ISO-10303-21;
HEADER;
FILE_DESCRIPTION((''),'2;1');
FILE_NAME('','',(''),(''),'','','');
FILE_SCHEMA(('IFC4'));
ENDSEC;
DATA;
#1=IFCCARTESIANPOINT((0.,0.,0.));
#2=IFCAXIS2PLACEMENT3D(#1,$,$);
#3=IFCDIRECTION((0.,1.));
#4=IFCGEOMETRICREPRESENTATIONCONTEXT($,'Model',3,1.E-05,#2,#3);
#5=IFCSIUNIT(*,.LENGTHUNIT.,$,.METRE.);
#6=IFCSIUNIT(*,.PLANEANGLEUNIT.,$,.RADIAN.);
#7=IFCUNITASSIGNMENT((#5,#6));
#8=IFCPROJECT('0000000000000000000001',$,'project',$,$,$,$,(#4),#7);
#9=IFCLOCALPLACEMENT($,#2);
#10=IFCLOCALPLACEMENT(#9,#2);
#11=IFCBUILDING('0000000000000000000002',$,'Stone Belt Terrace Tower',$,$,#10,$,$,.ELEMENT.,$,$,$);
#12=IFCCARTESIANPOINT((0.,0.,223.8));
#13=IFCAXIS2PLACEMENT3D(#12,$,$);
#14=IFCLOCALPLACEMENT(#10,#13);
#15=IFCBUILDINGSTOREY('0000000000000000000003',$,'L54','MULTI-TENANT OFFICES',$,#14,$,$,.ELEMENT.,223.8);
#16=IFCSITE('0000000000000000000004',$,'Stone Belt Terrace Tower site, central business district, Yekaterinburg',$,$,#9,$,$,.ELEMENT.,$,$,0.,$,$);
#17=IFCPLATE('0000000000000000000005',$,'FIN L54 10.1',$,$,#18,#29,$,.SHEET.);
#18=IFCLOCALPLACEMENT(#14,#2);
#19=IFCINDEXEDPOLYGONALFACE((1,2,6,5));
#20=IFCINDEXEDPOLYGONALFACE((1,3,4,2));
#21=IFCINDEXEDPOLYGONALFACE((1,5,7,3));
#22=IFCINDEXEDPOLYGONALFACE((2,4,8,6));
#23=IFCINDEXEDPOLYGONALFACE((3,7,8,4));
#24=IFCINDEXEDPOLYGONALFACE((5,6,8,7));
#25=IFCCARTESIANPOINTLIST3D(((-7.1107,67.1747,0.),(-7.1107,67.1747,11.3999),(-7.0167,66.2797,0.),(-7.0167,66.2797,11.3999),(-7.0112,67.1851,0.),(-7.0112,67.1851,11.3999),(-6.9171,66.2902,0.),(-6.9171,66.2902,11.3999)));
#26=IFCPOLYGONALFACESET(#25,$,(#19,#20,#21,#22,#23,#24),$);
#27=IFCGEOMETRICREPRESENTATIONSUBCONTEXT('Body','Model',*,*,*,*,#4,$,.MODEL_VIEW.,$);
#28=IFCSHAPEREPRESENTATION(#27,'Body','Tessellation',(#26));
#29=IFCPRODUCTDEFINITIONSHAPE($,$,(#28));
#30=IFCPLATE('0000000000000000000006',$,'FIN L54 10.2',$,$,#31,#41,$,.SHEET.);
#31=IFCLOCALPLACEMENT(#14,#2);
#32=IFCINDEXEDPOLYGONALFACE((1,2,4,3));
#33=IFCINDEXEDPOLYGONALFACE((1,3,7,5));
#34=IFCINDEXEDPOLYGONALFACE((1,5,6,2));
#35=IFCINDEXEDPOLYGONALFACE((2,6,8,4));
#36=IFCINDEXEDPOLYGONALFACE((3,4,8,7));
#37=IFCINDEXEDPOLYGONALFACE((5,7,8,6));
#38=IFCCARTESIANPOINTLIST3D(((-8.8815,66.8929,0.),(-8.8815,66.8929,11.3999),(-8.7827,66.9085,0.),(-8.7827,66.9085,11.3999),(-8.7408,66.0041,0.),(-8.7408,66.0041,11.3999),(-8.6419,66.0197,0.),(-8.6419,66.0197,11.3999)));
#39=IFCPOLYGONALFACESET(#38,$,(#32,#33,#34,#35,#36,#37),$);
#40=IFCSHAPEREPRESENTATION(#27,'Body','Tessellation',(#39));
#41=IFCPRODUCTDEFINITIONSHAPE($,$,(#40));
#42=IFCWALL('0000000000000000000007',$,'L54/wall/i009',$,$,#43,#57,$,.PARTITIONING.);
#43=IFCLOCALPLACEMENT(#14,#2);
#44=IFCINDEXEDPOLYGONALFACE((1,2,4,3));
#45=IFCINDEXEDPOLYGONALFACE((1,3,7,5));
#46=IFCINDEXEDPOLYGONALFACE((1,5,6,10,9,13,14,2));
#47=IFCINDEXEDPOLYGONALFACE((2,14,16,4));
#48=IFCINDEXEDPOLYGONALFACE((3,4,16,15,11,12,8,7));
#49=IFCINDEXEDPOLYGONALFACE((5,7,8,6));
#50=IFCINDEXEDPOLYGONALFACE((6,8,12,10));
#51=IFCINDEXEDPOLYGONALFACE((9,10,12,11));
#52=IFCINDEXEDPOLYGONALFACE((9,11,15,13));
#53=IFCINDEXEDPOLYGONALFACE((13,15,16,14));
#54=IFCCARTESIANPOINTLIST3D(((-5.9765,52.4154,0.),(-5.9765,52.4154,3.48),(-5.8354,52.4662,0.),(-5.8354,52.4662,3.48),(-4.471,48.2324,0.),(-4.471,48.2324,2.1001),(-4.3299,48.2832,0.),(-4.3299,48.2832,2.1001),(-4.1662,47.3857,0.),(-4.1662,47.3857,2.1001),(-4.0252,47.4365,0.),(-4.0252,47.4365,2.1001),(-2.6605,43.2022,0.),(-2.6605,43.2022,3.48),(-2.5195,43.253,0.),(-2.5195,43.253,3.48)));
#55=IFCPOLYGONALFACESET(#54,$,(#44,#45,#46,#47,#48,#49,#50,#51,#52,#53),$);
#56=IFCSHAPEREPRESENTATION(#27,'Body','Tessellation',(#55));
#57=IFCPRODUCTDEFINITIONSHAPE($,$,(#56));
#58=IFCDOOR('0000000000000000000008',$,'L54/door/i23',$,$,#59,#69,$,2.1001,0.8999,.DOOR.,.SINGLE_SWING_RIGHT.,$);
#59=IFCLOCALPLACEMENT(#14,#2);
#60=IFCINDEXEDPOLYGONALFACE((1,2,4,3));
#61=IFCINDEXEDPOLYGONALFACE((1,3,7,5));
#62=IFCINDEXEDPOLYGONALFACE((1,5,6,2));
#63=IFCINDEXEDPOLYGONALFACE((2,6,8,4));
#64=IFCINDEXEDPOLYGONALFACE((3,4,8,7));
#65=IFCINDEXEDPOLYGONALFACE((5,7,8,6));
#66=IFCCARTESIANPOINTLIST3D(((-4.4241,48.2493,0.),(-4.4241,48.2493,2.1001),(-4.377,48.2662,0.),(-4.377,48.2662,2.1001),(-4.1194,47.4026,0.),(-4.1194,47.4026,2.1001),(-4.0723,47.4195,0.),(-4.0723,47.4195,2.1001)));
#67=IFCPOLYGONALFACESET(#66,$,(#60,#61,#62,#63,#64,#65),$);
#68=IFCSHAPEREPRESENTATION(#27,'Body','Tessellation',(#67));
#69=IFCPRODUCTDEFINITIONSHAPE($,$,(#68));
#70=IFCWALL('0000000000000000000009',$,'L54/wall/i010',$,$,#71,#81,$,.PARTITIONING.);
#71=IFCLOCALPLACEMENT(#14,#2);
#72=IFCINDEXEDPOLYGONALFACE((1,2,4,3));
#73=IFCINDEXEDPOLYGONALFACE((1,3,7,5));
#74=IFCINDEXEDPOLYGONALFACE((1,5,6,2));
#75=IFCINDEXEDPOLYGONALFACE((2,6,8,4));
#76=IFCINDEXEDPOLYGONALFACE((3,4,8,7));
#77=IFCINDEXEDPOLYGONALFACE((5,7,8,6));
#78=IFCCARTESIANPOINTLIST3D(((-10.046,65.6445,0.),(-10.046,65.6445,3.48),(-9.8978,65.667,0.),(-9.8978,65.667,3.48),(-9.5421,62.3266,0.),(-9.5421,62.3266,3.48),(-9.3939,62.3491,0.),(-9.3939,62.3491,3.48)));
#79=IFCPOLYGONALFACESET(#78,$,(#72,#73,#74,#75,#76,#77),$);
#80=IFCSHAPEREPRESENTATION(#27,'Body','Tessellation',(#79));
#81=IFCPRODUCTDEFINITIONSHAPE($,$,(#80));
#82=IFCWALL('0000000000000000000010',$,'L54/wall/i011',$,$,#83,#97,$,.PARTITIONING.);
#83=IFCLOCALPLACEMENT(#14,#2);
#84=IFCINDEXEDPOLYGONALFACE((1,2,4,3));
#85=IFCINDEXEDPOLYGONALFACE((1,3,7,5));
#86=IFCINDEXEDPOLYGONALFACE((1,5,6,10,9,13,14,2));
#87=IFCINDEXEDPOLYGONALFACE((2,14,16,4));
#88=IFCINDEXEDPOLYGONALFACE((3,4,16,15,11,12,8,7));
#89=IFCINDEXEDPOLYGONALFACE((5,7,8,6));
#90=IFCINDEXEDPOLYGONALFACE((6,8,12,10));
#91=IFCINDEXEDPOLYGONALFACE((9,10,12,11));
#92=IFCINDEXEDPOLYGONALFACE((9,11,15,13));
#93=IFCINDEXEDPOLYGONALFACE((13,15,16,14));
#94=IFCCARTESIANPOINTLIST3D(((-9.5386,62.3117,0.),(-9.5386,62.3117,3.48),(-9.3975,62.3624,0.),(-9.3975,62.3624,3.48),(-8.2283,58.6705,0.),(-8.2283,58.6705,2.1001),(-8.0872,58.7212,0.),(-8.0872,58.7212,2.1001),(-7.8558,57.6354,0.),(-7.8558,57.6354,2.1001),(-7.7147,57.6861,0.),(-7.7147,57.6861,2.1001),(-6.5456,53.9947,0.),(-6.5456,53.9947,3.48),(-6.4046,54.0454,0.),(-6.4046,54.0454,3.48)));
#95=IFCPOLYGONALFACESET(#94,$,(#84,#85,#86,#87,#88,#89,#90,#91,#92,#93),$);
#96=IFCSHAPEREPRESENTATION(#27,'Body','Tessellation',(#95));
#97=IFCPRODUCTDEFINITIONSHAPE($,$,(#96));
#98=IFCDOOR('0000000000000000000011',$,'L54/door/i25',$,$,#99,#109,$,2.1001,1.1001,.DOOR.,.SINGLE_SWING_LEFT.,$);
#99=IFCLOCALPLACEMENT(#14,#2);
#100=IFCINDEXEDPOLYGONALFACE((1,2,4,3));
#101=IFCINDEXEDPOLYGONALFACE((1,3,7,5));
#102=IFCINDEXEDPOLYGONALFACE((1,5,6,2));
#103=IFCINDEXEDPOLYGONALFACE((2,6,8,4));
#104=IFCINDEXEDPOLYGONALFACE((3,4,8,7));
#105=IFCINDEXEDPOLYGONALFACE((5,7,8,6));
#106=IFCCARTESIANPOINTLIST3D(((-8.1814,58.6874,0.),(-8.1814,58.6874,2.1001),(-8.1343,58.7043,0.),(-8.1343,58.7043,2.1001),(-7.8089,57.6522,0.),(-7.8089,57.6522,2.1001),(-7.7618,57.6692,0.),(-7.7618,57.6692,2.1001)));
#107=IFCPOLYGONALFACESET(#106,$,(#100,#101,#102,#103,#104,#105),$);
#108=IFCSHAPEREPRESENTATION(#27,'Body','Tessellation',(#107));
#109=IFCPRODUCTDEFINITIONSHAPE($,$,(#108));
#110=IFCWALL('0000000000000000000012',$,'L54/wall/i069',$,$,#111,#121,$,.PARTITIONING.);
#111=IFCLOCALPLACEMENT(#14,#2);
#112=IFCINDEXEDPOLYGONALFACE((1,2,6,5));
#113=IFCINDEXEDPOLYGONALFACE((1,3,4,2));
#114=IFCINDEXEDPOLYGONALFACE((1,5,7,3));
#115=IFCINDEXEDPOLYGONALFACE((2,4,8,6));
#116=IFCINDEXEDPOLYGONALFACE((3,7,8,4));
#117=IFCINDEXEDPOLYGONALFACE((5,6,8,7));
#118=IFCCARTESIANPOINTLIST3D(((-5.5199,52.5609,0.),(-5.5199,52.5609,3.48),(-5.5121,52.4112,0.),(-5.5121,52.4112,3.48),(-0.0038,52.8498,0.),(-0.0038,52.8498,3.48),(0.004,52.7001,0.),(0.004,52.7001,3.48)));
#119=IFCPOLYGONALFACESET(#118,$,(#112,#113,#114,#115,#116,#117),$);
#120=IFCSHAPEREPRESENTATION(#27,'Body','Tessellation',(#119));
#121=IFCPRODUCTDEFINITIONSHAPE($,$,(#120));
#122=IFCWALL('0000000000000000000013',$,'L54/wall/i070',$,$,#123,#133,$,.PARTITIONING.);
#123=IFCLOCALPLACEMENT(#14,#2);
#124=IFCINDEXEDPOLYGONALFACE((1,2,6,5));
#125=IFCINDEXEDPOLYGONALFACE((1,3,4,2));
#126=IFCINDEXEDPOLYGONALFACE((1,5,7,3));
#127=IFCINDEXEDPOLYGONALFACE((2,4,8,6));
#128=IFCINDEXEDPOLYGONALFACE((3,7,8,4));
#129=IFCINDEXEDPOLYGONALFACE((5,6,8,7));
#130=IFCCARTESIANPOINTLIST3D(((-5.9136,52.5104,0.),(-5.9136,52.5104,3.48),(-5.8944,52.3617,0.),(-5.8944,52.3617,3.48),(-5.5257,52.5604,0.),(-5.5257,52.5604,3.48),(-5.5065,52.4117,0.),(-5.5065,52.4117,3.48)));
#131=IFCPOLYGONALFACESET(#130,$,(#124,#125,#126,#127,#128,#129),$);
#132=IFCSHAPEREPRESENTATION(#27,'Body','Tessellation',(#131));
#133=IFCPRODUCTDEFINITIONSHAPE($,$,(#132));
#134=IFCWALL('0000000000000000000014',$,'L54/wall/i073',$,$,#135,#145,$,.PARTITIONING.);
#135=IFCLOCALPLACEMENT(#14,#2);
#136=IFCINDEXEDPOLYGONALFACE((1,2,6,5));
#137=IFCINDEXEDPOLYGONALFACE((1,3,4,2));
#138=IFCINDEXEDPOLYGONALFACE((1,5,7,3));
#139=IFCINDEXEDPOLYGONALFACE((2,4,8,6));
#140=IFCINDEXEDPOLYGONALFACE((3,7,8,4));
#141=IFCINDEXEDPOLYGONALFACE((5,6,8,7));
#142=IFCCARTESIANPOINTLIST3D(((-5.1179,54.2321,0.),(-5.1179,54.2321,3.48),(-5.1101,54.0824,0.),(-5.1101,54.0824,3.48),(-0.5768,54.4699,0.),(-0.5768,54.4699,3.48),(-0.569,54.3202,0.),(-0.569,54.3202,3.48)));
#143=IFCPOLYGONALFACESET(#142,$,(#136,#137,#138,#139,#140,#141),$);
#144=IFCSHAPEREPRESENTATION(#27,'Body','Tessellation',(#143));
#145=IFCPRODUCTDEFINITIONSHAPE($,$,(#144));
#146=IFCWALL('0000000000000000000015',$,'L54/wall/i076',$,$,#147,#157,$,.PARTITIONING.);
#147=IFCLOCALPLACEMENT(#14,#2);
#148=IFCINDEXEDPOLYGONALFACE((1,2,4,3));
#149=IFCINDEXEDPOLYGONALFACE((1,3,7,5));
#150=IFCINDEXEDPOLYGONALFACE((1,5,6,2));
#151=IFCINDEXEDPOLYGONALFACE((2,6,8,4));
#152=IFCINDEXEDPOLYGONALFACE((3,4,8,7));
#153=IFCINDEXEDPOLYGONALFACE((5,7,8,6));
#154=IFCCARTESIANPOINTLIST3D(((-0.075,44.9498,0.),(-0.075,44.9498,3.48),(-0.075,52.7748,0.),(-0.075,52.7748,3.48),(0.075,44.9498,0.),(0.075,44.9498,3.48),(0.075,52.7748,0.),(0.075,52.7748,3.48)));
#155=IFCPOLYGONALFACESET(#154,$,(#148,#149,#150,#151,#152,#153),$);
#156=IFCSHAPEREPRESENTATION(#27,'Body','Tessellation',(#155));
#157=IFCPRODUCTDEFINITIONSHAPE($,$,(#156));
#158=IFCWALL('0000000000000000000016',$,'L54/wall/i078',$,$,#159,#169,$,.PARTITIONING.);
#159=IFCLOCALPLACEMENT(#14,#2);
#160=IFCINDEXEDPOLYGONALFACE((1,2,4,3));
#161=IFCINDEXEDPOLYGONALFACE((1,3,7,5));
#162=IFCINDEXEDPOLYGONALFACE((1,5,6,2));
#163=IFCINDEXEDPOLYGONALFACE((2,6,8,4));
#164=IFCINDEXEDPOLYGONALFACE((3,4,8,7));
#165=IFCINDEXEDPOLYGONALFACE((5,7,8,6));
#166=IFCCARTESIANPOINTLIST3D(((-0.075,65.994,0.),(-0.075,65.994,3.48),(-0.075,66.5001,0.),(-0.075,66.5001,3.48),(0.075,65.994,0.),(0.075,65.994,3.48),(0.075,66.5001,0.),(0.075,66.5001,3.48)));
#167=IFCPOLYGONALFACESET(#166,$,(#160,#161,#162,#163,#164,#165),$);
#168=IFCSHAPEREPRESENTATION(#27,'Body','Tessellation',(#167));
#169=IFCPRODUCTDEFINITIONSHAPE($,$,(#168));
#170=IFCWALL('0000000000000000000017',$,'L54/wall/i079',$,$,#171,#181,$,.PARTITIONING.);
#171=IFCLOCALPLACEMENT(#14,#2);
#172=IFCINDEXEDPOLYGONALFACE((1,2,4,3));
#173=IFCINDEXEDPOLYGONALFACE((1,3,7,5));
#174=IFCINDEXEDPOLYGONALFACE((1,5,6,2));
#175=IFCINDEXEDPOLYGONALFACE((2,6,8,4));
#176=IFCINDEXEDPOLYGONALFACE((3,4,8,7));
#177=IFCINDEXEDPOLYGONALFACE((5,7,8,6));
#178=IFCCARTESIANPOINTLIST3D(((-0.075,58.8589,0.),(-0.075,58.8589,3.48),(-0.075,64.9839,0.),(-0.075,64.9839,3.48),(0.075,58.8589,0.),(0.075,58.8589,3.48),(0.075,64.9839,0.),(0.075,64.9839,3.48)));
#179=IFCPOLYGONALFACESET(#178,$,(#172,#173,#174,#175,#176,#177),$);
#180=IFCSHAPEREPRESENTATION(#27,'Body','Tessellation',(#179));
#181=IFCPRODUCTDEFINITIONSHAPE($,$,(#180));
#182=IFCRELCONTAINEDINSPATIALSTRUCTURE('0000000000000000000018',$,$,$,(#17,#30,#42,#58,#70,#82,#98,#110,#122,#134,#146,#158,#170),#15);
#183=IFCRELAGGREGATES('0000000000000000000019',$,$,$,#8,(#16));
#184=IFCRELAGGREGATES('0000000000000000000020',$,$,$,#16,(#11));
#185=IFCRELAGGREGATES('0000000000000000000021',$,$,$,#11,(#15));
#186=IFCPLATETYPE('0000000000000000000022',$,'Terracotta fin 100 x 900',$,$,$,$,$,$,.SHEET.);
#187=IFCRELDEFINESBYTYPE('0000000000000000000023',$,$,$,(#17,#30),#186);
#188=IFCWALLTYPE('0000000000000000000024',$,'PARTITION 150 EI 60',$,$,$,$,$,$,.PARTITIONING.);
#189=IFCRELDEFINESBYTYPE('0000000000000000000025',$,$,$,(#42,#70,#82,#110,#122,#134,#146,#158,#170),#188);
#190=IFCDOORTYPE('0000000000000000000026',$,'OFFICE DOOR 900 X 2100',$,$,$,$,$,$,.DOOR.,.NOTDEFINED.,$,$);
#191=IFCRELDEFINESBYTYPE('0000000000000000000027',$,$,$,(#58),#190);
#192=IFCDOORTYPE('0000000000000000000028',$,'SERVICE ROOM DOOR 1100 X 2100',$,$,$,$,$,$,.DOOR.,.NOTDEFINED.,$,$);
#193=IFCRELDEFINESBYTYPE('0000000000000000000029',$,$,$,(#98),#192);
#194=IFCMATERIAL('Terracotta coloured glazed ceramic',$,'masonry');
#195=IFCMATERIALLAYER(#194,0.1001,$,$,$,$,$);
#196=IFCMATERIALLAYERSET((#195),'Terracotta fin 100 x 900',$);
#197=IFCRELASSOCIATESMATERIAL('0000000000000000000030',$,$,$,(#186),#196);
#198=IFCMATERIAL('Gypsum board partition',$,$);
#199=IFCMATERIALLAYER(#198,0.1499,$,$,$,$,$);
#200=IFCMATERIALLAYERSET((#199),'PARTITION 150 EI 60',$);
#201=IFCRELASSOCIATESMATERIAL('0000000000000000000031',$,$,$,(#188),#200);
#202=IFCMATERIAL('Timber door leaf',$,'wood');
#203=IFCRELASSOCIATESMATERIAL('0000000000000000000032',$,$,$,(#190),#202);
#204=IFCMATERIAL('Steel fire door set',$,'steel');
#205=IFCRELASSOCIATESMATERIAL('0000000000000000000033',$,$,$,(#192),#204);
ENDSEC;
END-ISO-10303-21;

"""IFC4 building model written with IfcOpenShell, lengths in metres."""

from ifc_helpers import new_model, si_unit, direction, frame, frame_2d, origin, origin_2d, place, context, subcontext, project, spatial, rectangle, extrude, material, layer, layer_set, type_object, element, fill, save


model = new_model("IFC4")

# Units and contexts
model_context = context("Model", 3, precision=1e-05, world=origin(), true_north=direction((0.0, 1.0)))
body_context = subcontext(model_context, "Body", "Model", "MODEL_VIEW")
ifc_project = project(units=[si_unit("LENGTHUNIT", "METRE"), si_unit("PLANEANGLEUNIT", "RADIAN")], contexts=[model_context])

# Site, building, storey
site_placement = place(None, origin())
site = spatial("IfcSite", under=ifc_project, at=site_placement, Name="Stone Belt Terrace Tower site, central business district, Yekaterinburg", CompositionType="ELEMENT", RefElevation=0.0)
building_placement = place(site_placement, origin())
building = spatial("IfcBuilding", under=site, at=building_placement, Name="Stone Belt Terrace Tower", CompositionType="ELEMENT")
storey_placement = place(building_placement, frame((0.0, 0.0, 223.8)))
storey = spatial("IfcBuildingStorey", under=building, at=storey_placement, Name="L54", Description="MULTI-TENANT OFFICES", CompositionType="ELEMENT", Elevation=223.8)

# Plates
ifc_material_1 = material(Name="Terracotta coloured glazed ceramic", Category="masonry")
ifc_layer_1 = layer(ifc_material_1, 0.1001)
ifc_layer_set_1 = layer_set([ifc_layer_1], Name="Terracotta fin 100 x 900")
plate_type_1 = type_object("IfcPlateType", Name="Terracotta fin 100 x 900", PredefinedType="SHEET", material=ifc_layer_set_1)
for number, where, z_axis, x_axis, name in (
    (1, (-7.0139, 66.7324, 0.0), (0.0, 0.0, 1.0), (-0.104528, 0.994522, 0.0), "FIN L54 10.1"),
    (2, (-8.7617, 66.4563, 0.0), (0.0, 0.0, 1.0), (-0.156434, 0.987688, 0.0), "FIN L54 10.2"),
):
    element("IfcPlate", number, at=place(storey_placement, frame(where, z_axis=z_axis, x_axis=x_axis)), inside=storey, type_object=plate_type_1, Name=name, PredefinedType="SHEET", context=body_context, shape_type="SweptSolid", body=[
        extrude(rectangle(XDim=0.8999, YDim=0.1001, at=origin_2d()), origin(), (0.0, 0.0, 1.0), 11.3999),
    ])

# Wall, opening, door
ifc_material_2 = material(Name="Gypsum board partition")
ifc_layer_2 = layer(ifc_material_2, 0.1499)
ifc_layer_set_2 = layer_set([ifc_layer_2], Name="PARTITION 150 EI 60")
wall_type = type_object("IfcWallType", Name="PARTITION 150 EI 60", PredefinedType="PARTITIONING", material=ifc_layer_set_2)
wall_1_placement = place(storey_placement, frame((-5.906, 52.4409, 0.0), z_axis=(0.0, 0.0, 1.0), x_axis=(0.338646, -0.940914, 0.0)))
wall_1 = element("IfcWall", 3, at=wall_1_placement, inside=storey, type_object=wall_type, Name="L54/wall/i009", PredefinedType="PARTITIONING", context=body_context, shape_type="SweptSolid", body=[
    extrude(rectangle(XDim=9.7917, YDim=0.1499, at=frame_2d((4.896, 0.0))), origin(), (0.0, 0.0, 1.0), 3.48),
])
opening_1_placement = place(wall_1_placement, frame((4.4458, 0.0, 0.0)))
opening_1 = element("IfcOpeningElement", 4, at=opening_1_placement, cuts=wall_1, PredefinedType="OPENING", context=body_context, shape_type="SweptSolid", body=[
    extrude(rectangle(XDim=0.8999, YDim=2.1001, at=frame_2d((0.45, 1.05))), frame((0.0, 0.085, 0.0), z_axis=(0.0, -1.0, 0.0), x_axis=(1.0, 0.0, 0.0)), (0.0, 0.0, 1.0), 0.1699),
])
ifc_material_3 = material(Name="Timber door leaf", Category="wood")
door_type_1 = type_object("IfcDoorType", Name="OFFICE DOOR 900 X 2100", OperationType="NOTDEFINED", PredefinedType="DOOR", material=ifc_material_3)
door_1_placement = place(opening_1_placement, origin())
door_1 = element("IfcDoor", 5, at=door_1_placement, inside=storey, type_object=door_type_1, Name="L54/door/i23", OperationType="SINGLE_SWING_RIGHT", OverallHeight=2.1001, OverallWidth=0.8999, PredefinedType="DOOR", context=body_context, shape_type="SweptSolid", body=[
    extrude(rectangle(XDim=0.8999, YDim=2.1001, at=frame_2d((0.45, 1.05))), frame((0.0, 0.0249, 0.0), z_axis=(0.0, -1.0, 0.0), x_axis=(1.0, 0.0, 0.0)), (0.0, 0.0, 1.0), 0.05),
])
fill(opening_1, door_1)

# Wall
wall_2_placement = place(storey_placement, frame((-9.9719, 65.6558, 0.0), z_axis=(0.0, 0.0, 1.0), x_axis=(0.150154, -0.988663, 0.0)))
element("IfcWall", 6, at=wall_2_placement, inside=storey, type_object=wall_type, Name="L54/wall/i010", PredefinedType="PARTITIONING", context=body_context, shape_type="SweptSolid", body=[
    extrude(rectangle(XDim=3.356, YDim=0.1499, at=frame_2d((1.678, 0.0))), origin(), (0.0, 0.0, 1.0), 3.48),
])

# Wall, opening, door
wall_3_placement = place(storey_placement, frame((-9.468, 62.3369, 0.0), z_axis=(0.0, 0.0, 1.0), x_axis=(0.338603, -0.940929, 0.0)))
wall_3 = element("IfcWall", 7, at=wall_3_placement, inside=storey, type_object=wall_type, Name="L54/wall/i011", PredefinedType="PARTITIONING", context=body_context, shape_type="SweptSolid", body=[
    extrude(rectangle(XDim=8.8391, YDim=0.1499, at=frame_2d((4.4194, 0.0))), origin(), (0.0, 0.0, 1.0), 3.48),
])
opening_2_placement = place(wall_3_placement, frame((3.8696, 0.0, 0.0)))
opening_2 = element("IfcOpeningElement", 8, at=opening_2_placement, cuts=wall_3, PredefinedType="OPENING", context=body_context, shape_type="SweptSolid", body=[
    extrude(rectangle(XDim=1.1001, YDim=2.1001, at=frame_2d((0.55, 1.05))), frame((0.0, 0.085, 0.0), z_axis=(0.0, -1.0, 0.0), x_axis=(1.0, 0.0, 0.0)), (0.0, 0.0, 1.0), 0.1699),
])
ifc_material_4 = material(Name="Steel fire door set", Category="steel")
door_type_2 = type_object("IfcDoorType", Name="SERVICE ROOM DOOR 1100 X 2100", OperationType="NOTDEFINED", PredefinedType="DOOR", material=ifc_material_4)
door_2_placement = place(opening_2_placement, origin())
door_2 = element("IfcDoor", 9, at=door_2_placement, inside=storey, type_object=door_type_2, Name="L54/door/i25", OperationType="SINGLE_SWING_LEFT", OverallHeight=2.1001, OverallWidth=1.1001, PredefinedType="DOOR", context=body_context, shape_type="SweptSolid", body=[
    extrude(rectangle(XDim=1.1001, YDim=2.1001, at=frame_2d((0.55, 1.05))), frame((0.0, 0.0249, 0.0), z_axis=(0.0, -1.0, 0.0), x_axis=(1.0, 0.0, 0.0)), (0.0, 0.0, 1.0), 0.05),
])
fill(opening_2, door_2)

# Walls
wall_4_placement = place(storey_placement, frame((0.0, 52.7749, 0.0), z_axis=(0.0, 0.0, 1.0), x_axis=(-0.998632, -0.052287, 0.0)))
element("IfcWall", 10, at=wall_4_placement, inside=storey, type_object=wall_type, Name="L54/wall/i069", PredefinedType="PARTITIONING", context=body_context, shape_type="SweptSolid", body=[
    extrude(rectangle(XDim=5.5237, YDim=0.1499, at=frame_2d((2.7617, 0.0))), origin(), (0.0, 0.0, 1.0), 3.48),
])
wall_5_placement = place(storey_placement, frame((-5.5161, 52.4861, 0.0), z_axis=(0.0, 0.0, 1.0), x_axis=(-0.99178, -0.127952, 0.0)))
element("IfcWall", 11, at=wall_5_placement, inside=storey, type_object=wall_type, Name="L54/wall/i070", PredefinedType="PARTITIONING", context=body_context, shape_type="SweptSolid", body=[
    extrude(rectangle(XDim=0.3911, YDim=0.1499, at=frame_2d((0.1956, 0.0))), origin(), (0.0, 0.0, 1.0), 3.48),
])
wall_6_placement = place(storey_placement, frame((-5.114, 54.1572, 0.0), z_axis=(0.0, 0.0, 1.0), x_axis=(0.998632, 0.052291, 0.0)))
element("IfcWall", 12, at=wall_6_placement, inside=storey, type_object=wall_type, Name="L54/wall/i073", PredefinedType="PARTITIONING", context=body_context, shape_type="SweptSolid", body=[
    extrude(rectangle(XDim=4.5474, YDim=0.1499, at=frame_2d((2.2737, 0.0))), origin(), (0.0, 0.0, 1.0), 3.48),
])
wall_7_placement = place(storey_placement, frame((0.0, 52.7749, 0.0), z_axis=(0.0, 0.0, 1.0), x_axis=(0.0, -1.0, 0.0)))
element("IfcWall", 13, at=wall_7_placement, inside=storey, type_object=wall_type, Name="L54/wall/i076", PredefinedType="PARTITIONING", context=body_context, shape_type="SweptSolid", body=[
    extrude(rectangle(XDim=7.825, YDim=0.1499, at=frame_2d((3.9126, 0.0))), origin(), (0.0, 0.0, 1.0), 3.48),
])
wall_8_placement = place(storey_placement, frame((0.0, 66.5, 0.0), z_axis=(0.0, 0.0, 1.0), x_axis=(0.0, -1.0, 0.0)))
element("IfcWall", 14, at=wall_8_placement, inside=storey, type_object=wall_type, Name="L54/wall/i078", PredefinedType="PARTITIONING", context=body_context, shape_type="SweptSolid", body=[
    extrude(rectangle(XDim=0.5061, YDim=0.1499, at=frame_2d((0.2529, 0.0))), origin(), (0.0, 0.0, 1.0), 3.48),
])
wall_9_placement = place(storey_placement, frame((0.0, 64.9839, 0.0), z_axis=(0.0, 0.0, 1.0), x_axis=(0.0, -1.0, 0.0)))
element("IfcWall", 15, at=wall_9_placement, inside=storey, type_object=wall_type, Name="L54/wall/i079", PredefinedType="PARTITIONING", context=body_context, shape_type="SweptSolid", body=[
    extrude(rectangle(XDim=6.125, YDim=0.1499, at=frame_2d((3.0625, 0.0))), origin(), (0.0, 0.0, 1.0), 3.48),
])

save(model, "model.ifc")
